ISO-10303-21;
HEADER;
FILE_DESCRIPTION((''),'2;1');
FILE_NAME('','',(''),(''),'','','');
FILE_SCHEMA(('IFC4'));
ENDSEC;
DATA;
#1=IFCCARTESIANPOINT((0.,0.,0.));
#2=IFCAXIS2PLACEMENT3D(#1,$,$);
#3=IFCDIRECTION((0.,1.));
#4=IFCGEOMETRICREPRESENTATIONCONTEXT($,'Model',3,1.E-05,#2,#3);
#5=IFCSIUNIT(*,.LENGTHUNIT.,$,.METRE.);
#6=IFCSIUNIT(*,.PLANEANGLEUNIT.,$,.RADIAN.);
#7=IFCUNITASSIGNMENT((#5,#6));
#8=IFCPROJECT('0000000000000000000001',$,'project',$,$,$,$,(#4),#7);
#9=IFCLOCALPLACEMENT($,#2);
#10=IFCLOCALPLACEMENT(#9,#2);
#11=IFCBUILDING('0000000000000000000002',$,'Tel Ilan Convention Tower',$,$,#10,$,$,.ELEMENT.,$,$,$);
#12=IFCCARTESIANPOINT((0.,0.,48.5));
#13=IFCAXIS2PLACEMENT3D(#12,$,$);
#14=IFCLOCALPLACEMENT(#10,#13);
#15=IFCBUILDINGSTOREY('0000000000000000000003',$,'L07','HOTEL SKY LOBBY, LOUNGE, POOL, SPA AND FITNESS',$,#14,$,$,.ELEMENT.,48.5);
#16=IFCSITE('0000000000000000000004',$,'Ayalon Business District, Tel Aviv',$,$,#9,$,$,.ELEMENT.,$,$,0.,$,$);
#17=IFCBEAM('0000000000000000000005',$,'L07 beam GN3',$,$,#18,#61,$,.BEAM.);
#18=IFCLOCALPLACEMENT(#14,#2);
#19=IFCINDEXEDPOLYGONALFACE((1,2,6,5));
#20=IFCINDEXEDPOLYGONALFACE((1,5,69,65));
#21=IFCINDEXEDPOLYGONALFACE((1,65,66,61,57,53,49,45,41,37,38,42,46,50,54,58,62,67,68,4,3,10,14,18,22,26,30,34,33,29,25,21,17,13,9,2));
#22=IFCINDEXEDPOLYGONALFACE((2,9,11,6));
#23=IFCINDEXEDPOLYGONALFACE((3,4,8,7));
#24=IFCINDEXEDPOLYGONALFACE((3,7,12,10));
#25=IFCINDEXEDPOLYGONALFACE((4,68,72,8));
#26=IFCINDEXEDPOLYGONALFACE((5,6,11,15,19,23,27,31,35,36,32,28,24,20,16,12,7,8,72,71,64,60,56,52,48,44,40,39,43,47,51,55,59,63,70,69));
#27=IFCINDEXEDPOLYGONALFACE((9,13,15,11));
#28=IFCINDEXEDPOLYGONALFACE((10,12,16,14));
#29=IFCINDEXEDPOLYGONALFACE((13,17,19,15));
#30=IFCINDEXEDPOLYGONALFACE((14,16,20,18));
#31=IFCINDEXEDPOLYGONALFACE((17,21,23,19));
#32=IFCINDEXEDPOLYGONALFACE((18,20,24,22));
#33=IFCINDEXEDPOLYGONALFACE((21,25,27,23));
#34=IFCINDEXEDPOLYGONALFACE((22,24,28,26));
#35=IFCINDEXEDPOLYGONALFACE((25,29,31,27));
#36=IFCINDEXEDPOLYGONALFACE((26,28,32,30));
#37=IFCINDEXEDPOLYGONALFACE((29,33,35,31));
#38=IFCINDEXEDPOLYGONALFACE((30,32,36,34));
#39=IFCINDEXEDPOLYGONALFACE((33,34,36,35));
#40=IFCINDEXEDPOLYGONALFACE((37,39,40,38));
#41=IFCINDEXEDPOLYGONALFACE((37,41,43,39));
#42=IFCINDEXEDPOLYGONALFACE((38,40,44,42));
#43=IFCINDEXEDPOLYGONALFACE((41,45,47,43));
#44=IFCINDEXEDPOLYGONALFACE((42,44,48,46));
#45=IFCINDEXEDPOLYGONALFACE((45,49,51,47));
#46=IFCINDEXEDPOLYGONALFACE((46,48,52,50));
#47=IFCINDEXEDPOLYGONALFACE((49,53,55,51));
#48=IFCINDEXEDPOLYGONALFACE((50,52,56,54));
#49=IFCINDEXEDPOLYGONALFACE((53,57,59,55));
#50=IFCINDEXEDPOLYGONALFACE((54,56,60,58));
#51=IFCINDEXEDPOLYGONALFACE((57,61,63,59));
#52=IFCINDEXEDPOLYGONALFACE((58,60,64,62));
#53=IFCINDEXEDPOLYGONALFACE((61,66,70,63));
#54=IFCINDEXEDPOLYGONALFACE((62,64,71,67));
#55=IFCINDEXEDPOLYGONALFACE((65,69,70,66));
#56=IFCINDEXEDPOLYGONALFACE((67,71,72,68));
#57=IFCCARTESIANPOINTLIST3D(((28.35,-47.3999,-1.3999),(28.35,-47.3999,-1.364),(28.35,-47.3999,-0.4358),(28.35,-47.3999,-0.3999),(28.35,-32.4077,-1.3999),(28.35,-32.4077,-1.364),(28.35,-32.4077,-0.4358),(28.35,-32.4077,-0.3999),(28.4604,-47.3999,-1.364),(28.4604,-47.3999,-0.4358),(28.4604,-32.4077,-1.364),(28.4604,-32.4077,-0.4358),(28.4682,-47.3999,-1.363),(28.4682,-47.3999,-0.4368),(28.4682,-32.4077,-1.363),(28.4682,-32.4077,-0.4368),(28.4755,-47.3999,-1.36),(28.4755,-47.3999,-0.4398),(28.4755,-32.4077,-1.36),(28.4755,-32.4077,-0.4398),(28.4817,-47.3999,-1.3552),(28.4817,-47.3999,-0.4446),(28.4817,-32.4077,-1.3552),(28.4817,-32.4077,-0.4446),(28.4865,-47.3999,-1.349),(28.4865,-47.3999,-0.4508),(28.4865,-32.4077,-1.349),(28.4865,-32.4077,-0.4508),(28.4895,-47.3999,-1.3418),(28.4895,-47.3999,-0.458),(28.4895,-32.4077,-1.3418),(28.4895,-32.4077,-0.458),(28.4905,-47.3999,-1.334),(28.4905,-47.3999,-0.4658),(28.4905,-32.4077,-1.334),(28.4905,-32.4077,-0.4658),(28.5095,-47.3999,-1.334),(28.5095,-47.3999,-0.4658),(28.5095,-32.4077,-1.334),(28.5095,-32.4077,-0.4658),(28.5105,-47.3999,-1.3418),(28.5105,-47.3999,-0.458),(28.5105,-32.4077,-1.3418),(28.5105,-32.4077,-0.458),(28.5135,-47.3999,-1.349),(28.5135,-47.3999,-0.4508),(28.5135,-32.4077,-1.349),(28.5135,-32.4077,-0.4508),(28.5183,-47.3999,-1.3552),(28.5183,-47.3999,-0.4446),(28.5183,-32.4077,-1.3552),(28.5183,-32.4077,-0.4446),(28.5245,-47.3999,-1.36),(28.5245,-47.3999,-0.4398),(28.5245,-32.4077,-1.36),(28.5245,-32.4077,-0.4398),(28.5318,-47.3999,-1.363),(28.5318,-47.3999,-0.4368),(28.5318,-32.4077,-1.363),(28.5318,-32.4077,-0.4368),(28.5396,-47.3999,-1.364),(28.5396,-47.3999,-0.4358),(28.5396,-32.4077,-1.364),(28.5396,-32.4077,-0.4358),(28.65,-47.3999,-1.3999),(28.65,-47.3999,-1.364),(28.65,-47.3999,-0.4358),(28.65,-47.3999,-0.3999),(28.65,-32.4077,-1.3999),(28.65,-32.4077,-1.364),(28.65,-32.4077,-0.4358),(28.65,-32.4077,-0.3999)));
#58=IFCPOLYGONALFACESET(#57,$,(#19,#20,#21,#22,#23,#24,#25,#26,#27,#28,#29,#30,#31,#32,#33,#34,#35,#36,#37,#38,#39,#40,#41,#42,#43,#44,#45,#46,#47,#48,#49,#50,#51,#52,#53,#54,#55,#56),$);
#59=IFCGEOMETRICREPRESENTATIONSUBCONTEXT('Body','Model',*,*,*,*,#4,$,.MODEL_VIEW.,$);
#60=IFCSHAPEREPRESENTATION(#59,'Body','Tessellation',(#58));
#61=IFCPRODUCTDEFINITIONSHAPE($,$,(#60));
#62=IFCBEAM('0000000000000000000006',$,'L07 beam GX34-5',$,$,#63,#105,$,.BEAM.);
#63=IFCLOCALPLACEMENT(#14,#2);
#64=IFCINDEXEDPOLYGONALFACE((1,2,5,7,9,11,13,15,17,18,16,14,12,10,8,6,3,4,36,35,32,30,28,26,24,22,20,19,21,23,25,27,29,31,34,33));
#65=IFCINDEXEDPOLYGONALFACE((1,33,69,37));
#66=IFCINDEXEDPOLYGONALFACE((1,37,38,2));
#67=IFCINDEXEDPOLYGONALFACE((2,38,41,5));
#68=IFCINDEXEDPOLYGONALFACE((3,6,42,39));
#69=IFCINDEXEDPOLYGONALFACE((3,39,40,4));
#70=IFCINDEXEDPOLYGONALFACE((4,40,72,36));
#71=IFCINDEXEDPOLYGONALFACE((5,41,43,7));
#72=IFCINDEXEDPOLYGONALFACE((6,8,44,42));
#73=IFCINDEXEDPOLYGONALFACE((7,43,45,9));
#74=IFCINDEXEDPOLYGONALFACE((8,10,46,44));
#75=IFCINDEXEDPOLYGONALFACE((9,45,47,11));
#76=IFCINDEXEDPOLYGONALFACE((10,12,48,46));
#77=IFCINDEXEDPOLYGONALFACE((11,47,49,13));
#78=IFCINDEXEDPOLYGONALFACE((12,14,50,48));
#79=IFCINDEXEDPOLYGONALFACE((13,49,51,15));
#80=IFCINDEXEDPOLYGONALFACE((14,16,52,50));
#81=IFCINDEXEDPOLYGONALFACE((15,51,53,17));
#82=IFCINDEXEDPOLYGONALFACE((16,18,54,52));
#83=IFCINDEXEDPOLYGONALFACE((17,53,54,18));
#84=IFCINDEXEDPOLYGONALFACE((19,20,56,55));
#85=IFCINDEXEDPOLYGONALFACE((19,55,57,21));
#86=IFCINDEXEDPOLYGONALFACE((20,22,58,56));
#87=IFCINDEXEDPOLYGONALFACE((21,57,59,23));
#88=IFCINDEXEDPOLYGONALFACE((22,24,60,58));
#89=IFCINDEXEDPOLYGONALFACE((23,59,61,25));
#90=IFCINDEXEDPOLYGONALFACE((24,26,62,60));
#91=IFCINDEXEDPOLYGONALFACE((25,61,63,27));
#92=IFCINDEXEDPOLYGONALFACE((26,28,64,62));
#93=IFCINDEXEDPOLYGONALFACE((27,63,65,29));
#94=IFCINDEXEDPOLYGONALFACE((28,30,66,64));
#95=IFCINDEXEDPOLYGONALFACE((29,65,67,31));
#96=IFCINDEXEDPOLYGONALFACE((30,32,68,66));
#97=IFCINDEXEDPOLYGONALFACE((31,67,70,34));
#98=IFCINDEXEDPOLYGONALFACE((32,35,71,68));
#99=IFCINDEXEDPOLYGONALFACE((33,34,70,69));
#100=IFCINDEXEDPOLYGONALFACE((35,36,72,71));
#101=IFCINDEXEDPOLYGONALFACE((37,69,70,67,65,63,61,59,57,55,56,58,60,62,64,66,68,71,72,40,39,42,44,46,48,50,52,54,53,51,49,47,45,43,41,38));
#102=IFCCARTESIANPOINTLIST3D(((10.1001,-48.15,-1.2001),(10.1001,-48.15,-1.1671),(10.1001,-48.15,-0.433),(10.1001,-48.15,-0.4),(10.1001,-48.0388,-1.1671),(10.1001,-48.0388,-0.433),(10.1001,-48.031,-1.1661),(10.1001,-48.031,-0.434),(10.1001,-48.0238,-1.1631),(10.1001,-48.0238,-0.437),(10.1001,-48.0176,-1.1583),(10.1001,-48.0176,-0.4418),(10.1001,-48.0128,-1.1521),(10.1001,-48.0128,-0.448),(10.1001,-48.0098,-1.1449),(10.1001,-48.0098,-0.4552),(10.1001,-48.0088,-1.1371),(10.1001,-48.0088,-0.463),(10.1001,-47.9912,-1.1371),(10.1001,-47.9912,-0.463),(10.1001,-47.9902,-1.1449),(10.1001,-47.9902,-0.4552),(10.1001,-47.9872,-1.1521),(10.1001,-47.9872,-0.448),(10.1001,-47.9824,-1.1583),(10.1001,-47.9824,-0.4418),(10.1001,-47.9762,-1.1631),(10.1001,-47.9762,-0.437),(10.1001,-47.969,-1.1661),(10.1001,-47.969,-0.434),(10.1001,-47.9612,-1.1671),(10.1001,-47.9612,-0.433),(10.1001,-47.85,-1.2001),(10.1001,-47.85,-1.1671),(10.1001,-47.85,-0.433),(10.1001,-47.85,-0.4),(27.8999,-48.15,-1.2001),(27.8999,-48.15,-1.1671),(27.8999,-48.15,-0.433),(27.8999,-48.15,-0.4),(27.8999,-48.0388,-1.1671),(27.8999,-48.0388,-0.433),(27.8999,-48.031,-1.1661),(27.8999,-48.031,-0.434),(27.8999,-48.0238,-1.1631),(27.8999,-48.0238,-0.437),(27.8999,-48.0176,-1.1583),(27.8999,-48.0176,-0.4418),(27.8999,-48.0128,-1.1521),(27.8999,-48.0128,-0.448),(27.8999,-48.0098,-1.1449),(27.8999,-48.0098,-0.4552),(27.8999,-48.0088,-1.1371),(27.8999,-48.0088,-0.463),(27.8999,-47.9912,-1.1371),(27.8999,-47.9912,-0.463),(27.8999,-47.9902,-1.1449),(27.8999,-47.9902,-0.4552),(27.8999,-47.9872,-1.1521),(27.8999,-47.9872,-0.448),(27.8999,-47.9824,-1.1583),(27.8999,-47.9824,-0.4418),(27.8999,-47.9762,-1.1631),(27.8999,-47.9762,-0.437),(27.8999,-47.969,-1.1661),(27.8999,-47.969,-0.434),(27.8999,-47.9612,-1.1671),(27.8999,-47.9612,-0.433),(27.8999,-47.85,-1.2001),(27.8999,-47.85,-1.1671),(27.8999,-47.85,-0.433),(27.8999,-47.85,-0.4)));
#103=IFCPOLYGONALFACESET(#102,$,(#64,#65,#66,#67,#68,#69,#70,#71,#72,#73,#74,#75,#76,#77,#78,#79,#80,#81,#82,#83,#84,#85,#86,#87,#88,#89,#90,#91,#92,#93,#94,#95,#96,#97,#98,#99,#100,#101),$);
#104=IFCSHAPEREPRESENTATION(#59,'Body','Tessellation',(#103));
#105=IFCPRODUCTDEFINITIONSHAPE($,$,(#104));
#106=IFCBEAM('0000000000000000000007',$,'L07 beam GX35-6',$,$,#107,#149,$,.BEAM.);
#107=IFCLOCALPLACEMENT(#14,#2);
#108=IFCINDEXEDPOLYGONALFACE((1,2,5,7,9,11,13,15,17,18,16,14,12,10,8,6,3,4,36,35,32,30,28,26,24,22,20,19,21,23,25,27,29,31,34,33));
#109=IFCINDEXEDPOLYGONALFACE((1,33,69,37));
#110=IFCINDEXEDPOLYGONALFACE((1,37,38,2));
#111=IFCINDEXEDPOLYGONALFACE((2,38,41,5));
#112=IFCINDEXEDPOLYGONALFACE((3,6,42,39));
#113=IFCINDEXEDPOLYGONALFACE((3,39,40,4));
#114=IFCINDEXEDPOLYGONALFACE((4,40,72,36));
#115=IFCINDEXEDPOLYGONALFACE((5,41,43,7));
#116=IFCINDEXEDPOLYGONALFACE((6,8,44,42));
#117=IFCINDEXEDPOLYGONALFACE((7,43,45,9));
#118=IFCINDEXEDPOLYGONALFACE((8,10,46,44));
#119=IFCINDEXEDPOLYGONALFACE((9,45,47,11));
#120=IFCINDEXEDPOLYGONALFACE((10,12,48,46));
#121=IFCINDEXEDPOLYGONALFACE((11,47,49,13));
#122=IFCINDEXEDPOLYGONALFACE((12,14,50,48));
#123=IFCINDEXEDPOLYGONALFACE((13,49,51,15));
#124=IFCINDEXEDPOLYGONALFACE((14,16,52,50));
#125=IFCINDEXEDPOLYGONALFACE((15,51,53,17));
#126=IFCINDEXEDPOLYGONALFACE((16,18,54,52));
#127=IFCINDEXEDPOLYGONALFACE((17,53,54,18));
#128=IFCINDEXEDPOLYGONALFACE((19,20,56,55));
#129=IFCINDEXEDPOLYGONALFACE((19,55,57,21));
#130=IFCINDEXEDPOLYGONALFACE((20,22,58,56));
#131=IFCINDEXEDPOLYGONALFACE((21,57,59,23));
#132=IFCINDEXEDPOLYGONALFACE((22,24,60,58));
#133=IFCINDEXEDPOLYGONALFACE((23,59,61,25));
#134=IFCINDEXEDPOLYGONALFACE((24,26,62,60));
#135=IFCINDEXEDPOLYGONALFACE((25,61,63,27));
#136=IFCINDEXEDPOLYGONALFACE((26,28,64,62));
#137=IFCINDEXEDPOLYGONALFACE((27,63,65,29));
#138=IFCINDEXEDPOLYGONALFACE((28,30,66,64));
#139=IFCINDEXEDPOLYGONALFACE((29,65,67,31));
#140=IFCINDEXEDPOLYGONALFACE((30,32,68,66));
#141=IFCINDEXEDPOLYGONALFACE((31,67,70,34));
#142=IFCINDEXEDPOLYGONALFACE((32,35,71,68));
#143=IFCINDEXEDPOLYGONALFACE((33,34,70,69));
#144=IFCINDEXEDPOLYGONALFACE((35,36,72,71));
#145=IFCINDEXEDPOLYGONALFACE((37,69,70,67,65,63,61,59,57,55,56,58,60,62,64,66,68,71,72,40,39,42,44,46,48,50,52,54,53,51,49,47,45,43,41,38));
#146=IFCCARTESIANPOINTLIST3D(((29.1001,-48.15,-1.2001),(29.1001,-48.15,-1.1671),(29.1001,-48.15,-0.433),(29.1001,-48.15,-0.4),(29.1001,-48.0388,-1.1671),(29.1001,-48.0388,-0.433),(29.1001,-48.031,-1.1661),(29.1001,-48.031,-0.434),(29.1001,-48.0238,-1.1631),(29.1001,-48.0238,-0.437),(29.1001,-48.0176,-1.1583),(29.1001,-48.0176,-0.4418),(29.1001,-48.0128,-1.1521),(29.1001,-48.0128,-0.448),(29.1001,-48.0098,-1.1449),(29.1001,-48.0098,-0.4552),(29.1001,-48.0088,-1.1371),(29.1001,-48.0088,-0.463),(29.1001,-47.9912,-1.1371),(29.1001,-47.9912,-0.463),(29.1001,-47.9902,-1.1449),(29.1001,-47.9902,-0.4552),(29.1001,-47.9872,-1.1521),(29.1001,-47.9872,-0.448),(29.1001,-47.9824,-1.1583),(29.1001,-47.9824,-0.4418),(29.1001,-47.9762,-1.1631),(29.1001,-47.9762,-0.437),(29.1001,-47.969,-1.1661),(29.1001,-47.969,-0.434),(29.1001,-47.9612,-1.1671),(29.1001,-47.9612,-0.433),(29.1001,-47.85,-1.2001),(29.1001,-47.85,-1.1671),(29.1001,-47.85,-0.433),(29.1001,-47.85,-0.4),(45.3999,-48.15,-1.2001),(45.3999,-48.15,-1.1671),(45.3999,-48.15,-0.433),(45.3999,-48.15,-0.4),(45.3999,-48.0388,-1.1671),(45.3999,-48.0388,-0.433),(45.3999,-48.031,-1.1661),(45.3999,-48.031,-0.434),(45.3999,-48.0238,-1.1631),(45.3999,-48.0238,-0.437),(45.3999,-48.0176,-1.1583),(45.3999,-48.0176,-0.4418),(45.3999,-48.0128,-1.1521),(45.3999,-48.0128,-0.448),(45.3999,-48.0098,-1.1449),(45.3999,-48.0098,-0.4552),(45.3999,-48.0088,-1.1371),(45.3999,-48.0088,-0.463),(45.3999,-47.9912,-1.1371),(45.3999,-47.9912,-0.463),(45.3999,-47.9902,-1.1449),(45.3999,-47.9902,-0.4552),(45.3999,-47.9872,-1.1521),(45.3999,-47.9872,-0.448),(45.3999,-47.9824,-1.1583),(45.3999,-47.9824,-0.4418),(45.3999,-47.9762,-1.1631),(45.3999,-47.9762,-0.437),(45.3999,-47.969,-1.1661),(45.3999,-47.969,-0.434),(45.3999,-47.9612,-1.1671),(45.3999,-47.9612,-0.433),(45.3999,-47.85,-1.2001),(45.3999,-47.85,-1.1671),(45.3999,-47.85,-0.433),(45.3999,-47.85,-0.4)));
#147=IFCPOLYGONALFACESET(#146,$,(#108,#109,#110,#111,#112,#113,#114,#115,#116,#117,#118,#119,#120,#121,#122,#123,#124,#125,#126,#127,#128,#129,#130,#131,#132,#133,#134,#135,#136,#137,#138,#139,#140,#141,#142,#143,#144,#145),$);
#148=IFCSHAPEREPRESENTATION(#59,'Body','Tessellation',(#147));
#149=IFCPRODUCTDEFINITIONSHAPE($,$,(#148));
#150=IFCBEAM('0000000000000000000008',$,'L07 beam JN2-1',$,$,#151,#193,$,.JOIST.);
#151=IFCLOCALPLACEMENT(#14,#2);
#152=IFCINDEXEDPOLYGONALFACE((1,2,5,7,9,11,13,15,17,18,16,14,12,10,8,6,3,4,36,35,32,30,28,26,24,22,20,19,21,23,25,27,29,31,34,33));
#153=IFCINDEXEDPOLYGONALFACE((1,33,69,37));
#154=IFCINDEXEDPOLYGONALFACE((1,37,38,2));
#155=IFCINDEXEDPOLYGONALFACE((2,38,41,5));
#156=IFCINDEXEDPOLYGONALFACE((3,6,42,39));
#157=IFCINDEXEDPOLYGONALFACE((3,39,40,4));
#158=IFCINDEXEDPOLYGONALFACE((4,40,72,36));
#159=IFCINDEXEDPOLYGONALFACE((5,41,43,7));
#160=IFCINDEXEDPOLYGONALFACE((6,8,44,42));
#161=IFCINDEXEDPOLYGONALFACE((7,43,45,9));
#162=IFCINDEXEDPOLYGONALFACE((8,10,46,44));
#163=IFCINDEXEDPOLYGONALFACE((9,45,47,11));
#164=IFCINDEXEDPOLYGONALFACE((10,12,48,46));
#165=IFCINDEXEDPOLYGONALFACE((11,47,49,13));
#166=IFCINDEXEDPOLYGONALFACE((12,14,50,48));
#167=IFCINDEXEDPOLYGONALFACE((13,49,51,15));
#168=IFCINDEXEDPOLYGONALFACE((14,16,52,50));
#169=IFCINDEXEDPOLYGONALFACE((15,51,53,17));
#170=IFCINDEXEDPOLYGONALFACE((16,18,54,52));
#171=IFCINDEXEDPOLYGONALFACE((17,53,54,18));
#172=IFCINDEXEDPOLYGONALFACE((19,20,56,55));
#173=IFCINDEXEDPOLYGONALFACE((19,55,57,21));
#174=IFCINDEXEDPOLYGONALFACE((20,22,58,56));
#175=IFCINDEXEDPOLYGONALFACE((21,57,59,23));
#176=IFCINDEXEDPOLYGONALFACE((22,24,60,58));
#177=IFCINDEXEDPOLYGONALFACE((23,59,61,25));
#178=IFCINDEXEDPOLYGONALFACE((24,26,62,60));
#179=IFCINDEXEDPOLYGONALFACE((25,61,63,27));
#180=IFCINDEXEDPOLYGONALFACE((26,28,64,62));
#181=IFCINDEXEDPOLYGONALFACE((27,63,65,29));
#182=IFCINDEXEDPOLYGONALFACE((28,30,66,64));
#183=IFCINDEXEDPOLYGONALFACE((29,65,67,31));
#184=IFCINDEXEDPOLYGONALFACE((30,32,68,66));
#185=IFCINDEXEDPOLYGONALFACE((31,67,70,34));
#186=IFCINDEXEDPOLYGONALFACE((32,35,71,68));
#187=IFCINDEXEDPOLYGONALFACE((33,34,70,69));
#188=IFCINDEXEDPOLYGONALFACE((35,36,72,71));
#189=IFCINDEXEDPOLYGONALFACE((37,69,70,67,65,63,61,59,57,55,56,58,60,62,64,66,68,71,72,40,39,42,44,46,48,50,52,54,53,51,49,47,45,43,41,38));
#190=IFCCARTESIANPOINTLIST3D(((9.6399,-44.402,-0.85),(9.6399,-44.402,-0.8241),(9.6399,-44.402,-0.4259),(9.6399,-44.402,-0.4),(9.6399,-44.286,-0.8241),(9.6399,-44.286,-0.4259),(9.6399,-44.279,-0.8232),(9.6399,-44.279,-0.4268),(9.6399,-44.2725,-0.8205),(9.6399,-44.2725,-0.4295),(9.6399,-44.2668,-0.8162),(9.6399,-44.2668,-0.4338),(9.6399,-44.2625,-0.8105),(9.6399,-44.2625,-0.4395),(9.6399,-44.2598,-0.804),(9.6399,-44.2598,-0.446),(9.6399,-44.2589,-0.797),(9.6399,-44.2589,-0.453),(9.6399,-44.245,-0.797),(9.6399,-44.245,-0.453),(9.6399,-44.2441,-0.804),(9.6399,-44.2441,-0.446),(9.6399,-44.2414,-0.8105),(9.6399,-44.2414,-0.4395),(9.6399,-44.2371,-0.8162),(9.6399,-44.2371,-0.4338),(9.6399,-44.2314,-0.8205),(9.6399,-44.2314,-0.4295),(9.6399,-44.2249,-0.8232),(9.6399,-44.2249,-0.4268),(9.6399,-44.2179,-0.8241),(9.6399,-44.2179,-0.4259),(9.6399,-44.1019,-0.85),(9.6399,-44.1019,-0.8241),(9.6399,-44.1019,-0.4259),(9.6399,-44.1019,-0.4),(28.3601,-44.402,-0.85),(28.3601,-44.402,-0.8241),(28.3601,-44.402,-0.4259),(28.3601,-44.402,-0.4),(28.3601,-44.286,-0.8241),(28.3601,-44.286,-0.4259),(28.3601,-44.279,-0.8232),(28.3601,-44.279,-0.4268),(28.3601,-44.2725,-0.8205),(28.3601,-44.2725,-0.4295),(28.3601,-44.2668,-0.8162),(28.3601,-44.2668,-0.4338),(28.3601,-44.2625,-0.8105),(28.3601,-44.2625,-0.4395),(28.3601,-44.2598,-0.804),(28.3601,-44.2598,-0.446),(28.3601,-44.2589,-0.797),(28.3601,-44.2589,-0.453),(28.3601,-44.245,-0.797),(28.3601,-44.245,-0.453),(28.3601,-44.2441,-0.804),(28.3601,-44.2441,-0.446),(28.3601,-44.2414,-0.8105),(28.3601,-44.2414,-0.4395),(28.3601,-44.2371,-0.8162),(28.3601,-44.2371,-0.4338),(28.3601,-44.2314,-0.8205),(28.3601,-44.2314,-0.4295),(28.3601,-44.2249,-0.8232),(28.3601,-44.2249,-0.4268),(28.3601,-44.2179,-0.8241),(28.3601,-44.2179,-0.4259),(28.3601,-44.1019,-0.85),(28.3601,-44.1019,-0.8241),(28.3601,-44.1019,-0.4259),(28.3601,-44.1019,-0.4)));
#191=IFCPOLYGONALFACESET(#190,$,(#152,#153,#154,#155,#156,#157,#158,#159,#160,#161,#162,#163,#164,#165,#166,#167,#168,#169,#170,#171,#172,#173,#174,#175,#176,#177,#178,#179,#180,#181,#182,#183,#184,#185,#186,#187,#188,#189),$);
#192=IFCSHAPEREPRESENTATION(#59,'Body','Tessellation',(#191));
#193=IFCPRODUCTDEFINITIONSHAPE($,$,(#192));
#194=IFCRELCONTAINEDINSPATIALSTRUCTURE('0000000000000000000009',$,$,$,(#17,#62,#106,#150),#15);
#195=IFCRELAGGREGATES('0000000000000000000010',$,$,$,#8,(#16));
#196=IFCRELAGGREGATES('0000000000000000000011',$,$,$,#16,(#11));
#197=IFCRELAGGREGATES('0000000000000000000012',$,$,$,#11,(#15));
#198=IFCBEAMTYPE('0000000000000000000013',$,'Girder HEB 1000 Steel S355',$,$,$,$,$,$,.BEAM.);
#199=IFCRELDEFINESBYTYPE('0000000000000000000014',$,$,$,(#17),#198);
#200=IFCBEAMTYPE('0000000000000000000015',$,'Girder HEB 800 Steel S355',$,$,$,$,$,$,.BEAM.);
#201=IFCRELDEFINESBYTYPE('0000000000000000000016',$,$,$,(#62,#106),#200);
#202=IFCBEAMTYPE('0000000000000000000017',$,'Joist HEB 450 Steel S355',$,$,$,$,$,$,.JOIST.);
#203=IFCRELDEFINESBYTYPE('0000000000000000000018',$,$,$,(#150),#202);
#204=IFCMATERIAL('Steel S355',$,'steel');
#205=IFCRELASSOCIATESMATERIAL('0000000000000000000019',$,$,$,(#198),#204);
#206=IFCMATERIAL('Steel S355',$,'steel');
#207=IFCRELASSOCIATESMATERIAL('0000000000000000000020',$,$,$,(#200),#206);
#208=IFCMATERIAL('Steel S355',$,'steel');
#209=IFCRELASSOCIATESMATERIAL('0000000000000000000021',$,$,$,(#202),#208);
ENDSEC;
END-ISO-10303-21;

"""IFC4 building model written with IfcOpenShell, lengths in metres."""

from ifc_helpers import new_model, si_unit, direction, frame, origin, origin_2d, place, context, subcontext, project, spatial, i_section, extrude, material, material_profile, profile_set, type_object, element, save


model = new_model("IFC4")

# Units and contexts
model_context = context("Model", 3, precision=1e-05, world=origin(), true_north=direction((0.0, 1.0)))
body_context = subcontext(model_context, "Body", "Model", "MODEL_VIEW")
ifc_project = project(units=[si_unit("LENGTHUNIT", "METRE"), si_unit("PLANEANGLEUNIT", "RADIAN")], contexts=[model_context])

# Site, building, storey
site_placement = place(None, origin())
site = spatial("IfcSite", under=ifc_project, at=site_placement, Name="Ayalon Business District, Tel Aviv", CompositionType="ELEMENT", RefElevation=0.0)
building_placement = place(site_placement, origin())
building = spatial("IfcBuilding", under=site, at=building_placement, Name="Tel Ilan Convention Tower", CompositionType="ELEMENT")
storey_placement = place(building_placement, frame((0.0, 0.0, 48.5)))
storey = spatial("IfcBuildingStorey", under=building, at=storey_placement, Name="L07", Description="HOTEL SKY LOBBY, LOUNGE, POOL, SPA AND FITNESS", CompositionType="ELEMENT", Elevation=48.5)

# Beams
ifc_material_1 = material(Name="Steel S355", Category="steel")
ifc_material_profile_1 = material_profile(ifc_material_1, i_section(OverallWidth=0.3, OverallDepth=1.0, WebThickness=0.019, FlangeThickness=0.0359, FilletRadius=0.03, at=origin_2d()), Name="HEB 1000")
ifc_profile_set_1 = profile_set([ifc_material_profile_1], Name="Steel S355")
beam_type_1 = type_object("IfcBeamType", Name="Girder HEB 1000 Steel S355", PredefinedType="BEAM", material=ifc_profile_set_1)
beam_1_placement = place(storey_placement, frame((28.5, -47.3999, -0.8999), z_axis=(0.0, 1.0, 0.0), x_axis=(-1.0, 0.0, 0.0)))
element("IfcBeam", 1, at=beam_1_placement, inside=storey, type_object=beam_type_1, Name="L07 beam GN3", PredefinedType="BEAM", context=body_context, shape_type="SweptSolid", body=[
    extrude(i_section(OverallWidth=0.3, OverallDepth=1.0, WebThickness=0.019, FlangeThickness=0.0359, FilletRadius=0.03, at=origin_2d()), origin(), (0.0, 0.0, 1.0), 14.9922),
])
ifc_material_2 = material(Name="Steel S355", Category="steel")
ifc_material_profile_2 = material_profile(ifc_material_2, i_section(OverallWidth=0.3, OverallDepth=0.8, WebThickness=0.0176, FlangeThickness=0.033, FilletRadius=0.03, at=origin_2d()), Name="HEB 800")
ifc_profile_set_2 = profile_set([ifc_material_profile_2], Name="Steel S355")
beam_type_2 = type_object("IfcBeamType", Name="Girder HEB 800 Steel S355", PredefinedType="BEAM", material=ifc_profile_set_2)
beam_2_placement = place(storey_placement, frame((10.1001, -48.0, -0.8), z_axis=(1.0, 0.0, 0.0), x_axis=(0.0, 1.0, 0.0)))
element("IfcBeam", 2, at=beam_2_placement, inside=storey, type_object=beam_type_2, Name="L07 beam GX34-5", PredefinedType="BEAM", context=body_context, shape_type="SweptSolid", body=[
    extrude(i_section(OverallWidth=0.3, OverallDepth=0.8, WebThickness=0.0176, FlangeThickness=0.033, FilletRadius=0.03, at=origin_2d()), origin(), (0.0, 0.0, 1.0), 17.7998),
])
beam_3_placement = place(storey_placement, frame((29.1001, -48.0, -0.8), z_axis=(1.0, 0.0, 0.0), x_axis=(0.0, 1.0, 0.0)))
element("IfcBeam", 3, at=beam_3_placement, inside=storey, type_object=beam_type_2, Name="L07 beam GX35-6", PredefinedType="BEAM", context=body_context, shape_type="SweptSolid", body=[
    extrude(i_section(OverallWidth=0.3, OverallDepth=0.8, WebThickness=0.0176, FlangeThickness=0.033, FilletRadius=0.03, at=origin_2d()), origin(), (0.0, 0.0, 1.0), 16.2998),
])
ifc_material_3 = material(Name="Steel S355", Category="steel")
ifc_material_profile_3 = material_profile(ifc_material_3, i_section(OverallWidth=0.3, OverallDepth=0.45, WebThickness=0.0139, FlangeThickness=0.0259, FilletRadius=0.0271, at=origin_2d()), Name="HEB 450")
ifc_profile_set_3 = profile_set([ifc_material_profile_3], Name="Steel S355")
beam_type_3 = type_object("IfcBeamType", Name="Joist HEB 450 Steel S355", PredefinedType="JOIST", material=ifc_profile_set_3)
for number, where, z_axis, x_axis, name in (
    (4, (9.6399, -44.252, -0.625), (1.0, 0.0, 0.0), (0.0, 1.0, 0.0), "L07 beam JN2-1"),
):
    element("IfcBeam", number, at=place(storey_placement, frame(where, z_axis=z_axis, x_axis=x_axis)), inside=storey, type_object=beam_type_3, Name=name, PredefinedType="JOIST", context=body_context, shape_type="SweptSolid", body=[
        extrude(i_section(OverallWidth=0.3, OverallDepth=0.45, WebThickness=0.0139, FlangeThickness=0.0259, FilletRadius=0.0271, at=origin_2d()), origin(), (0.0, 0.0, 1.0), 18.7202),
    ])

save(model, "model.ifc")
